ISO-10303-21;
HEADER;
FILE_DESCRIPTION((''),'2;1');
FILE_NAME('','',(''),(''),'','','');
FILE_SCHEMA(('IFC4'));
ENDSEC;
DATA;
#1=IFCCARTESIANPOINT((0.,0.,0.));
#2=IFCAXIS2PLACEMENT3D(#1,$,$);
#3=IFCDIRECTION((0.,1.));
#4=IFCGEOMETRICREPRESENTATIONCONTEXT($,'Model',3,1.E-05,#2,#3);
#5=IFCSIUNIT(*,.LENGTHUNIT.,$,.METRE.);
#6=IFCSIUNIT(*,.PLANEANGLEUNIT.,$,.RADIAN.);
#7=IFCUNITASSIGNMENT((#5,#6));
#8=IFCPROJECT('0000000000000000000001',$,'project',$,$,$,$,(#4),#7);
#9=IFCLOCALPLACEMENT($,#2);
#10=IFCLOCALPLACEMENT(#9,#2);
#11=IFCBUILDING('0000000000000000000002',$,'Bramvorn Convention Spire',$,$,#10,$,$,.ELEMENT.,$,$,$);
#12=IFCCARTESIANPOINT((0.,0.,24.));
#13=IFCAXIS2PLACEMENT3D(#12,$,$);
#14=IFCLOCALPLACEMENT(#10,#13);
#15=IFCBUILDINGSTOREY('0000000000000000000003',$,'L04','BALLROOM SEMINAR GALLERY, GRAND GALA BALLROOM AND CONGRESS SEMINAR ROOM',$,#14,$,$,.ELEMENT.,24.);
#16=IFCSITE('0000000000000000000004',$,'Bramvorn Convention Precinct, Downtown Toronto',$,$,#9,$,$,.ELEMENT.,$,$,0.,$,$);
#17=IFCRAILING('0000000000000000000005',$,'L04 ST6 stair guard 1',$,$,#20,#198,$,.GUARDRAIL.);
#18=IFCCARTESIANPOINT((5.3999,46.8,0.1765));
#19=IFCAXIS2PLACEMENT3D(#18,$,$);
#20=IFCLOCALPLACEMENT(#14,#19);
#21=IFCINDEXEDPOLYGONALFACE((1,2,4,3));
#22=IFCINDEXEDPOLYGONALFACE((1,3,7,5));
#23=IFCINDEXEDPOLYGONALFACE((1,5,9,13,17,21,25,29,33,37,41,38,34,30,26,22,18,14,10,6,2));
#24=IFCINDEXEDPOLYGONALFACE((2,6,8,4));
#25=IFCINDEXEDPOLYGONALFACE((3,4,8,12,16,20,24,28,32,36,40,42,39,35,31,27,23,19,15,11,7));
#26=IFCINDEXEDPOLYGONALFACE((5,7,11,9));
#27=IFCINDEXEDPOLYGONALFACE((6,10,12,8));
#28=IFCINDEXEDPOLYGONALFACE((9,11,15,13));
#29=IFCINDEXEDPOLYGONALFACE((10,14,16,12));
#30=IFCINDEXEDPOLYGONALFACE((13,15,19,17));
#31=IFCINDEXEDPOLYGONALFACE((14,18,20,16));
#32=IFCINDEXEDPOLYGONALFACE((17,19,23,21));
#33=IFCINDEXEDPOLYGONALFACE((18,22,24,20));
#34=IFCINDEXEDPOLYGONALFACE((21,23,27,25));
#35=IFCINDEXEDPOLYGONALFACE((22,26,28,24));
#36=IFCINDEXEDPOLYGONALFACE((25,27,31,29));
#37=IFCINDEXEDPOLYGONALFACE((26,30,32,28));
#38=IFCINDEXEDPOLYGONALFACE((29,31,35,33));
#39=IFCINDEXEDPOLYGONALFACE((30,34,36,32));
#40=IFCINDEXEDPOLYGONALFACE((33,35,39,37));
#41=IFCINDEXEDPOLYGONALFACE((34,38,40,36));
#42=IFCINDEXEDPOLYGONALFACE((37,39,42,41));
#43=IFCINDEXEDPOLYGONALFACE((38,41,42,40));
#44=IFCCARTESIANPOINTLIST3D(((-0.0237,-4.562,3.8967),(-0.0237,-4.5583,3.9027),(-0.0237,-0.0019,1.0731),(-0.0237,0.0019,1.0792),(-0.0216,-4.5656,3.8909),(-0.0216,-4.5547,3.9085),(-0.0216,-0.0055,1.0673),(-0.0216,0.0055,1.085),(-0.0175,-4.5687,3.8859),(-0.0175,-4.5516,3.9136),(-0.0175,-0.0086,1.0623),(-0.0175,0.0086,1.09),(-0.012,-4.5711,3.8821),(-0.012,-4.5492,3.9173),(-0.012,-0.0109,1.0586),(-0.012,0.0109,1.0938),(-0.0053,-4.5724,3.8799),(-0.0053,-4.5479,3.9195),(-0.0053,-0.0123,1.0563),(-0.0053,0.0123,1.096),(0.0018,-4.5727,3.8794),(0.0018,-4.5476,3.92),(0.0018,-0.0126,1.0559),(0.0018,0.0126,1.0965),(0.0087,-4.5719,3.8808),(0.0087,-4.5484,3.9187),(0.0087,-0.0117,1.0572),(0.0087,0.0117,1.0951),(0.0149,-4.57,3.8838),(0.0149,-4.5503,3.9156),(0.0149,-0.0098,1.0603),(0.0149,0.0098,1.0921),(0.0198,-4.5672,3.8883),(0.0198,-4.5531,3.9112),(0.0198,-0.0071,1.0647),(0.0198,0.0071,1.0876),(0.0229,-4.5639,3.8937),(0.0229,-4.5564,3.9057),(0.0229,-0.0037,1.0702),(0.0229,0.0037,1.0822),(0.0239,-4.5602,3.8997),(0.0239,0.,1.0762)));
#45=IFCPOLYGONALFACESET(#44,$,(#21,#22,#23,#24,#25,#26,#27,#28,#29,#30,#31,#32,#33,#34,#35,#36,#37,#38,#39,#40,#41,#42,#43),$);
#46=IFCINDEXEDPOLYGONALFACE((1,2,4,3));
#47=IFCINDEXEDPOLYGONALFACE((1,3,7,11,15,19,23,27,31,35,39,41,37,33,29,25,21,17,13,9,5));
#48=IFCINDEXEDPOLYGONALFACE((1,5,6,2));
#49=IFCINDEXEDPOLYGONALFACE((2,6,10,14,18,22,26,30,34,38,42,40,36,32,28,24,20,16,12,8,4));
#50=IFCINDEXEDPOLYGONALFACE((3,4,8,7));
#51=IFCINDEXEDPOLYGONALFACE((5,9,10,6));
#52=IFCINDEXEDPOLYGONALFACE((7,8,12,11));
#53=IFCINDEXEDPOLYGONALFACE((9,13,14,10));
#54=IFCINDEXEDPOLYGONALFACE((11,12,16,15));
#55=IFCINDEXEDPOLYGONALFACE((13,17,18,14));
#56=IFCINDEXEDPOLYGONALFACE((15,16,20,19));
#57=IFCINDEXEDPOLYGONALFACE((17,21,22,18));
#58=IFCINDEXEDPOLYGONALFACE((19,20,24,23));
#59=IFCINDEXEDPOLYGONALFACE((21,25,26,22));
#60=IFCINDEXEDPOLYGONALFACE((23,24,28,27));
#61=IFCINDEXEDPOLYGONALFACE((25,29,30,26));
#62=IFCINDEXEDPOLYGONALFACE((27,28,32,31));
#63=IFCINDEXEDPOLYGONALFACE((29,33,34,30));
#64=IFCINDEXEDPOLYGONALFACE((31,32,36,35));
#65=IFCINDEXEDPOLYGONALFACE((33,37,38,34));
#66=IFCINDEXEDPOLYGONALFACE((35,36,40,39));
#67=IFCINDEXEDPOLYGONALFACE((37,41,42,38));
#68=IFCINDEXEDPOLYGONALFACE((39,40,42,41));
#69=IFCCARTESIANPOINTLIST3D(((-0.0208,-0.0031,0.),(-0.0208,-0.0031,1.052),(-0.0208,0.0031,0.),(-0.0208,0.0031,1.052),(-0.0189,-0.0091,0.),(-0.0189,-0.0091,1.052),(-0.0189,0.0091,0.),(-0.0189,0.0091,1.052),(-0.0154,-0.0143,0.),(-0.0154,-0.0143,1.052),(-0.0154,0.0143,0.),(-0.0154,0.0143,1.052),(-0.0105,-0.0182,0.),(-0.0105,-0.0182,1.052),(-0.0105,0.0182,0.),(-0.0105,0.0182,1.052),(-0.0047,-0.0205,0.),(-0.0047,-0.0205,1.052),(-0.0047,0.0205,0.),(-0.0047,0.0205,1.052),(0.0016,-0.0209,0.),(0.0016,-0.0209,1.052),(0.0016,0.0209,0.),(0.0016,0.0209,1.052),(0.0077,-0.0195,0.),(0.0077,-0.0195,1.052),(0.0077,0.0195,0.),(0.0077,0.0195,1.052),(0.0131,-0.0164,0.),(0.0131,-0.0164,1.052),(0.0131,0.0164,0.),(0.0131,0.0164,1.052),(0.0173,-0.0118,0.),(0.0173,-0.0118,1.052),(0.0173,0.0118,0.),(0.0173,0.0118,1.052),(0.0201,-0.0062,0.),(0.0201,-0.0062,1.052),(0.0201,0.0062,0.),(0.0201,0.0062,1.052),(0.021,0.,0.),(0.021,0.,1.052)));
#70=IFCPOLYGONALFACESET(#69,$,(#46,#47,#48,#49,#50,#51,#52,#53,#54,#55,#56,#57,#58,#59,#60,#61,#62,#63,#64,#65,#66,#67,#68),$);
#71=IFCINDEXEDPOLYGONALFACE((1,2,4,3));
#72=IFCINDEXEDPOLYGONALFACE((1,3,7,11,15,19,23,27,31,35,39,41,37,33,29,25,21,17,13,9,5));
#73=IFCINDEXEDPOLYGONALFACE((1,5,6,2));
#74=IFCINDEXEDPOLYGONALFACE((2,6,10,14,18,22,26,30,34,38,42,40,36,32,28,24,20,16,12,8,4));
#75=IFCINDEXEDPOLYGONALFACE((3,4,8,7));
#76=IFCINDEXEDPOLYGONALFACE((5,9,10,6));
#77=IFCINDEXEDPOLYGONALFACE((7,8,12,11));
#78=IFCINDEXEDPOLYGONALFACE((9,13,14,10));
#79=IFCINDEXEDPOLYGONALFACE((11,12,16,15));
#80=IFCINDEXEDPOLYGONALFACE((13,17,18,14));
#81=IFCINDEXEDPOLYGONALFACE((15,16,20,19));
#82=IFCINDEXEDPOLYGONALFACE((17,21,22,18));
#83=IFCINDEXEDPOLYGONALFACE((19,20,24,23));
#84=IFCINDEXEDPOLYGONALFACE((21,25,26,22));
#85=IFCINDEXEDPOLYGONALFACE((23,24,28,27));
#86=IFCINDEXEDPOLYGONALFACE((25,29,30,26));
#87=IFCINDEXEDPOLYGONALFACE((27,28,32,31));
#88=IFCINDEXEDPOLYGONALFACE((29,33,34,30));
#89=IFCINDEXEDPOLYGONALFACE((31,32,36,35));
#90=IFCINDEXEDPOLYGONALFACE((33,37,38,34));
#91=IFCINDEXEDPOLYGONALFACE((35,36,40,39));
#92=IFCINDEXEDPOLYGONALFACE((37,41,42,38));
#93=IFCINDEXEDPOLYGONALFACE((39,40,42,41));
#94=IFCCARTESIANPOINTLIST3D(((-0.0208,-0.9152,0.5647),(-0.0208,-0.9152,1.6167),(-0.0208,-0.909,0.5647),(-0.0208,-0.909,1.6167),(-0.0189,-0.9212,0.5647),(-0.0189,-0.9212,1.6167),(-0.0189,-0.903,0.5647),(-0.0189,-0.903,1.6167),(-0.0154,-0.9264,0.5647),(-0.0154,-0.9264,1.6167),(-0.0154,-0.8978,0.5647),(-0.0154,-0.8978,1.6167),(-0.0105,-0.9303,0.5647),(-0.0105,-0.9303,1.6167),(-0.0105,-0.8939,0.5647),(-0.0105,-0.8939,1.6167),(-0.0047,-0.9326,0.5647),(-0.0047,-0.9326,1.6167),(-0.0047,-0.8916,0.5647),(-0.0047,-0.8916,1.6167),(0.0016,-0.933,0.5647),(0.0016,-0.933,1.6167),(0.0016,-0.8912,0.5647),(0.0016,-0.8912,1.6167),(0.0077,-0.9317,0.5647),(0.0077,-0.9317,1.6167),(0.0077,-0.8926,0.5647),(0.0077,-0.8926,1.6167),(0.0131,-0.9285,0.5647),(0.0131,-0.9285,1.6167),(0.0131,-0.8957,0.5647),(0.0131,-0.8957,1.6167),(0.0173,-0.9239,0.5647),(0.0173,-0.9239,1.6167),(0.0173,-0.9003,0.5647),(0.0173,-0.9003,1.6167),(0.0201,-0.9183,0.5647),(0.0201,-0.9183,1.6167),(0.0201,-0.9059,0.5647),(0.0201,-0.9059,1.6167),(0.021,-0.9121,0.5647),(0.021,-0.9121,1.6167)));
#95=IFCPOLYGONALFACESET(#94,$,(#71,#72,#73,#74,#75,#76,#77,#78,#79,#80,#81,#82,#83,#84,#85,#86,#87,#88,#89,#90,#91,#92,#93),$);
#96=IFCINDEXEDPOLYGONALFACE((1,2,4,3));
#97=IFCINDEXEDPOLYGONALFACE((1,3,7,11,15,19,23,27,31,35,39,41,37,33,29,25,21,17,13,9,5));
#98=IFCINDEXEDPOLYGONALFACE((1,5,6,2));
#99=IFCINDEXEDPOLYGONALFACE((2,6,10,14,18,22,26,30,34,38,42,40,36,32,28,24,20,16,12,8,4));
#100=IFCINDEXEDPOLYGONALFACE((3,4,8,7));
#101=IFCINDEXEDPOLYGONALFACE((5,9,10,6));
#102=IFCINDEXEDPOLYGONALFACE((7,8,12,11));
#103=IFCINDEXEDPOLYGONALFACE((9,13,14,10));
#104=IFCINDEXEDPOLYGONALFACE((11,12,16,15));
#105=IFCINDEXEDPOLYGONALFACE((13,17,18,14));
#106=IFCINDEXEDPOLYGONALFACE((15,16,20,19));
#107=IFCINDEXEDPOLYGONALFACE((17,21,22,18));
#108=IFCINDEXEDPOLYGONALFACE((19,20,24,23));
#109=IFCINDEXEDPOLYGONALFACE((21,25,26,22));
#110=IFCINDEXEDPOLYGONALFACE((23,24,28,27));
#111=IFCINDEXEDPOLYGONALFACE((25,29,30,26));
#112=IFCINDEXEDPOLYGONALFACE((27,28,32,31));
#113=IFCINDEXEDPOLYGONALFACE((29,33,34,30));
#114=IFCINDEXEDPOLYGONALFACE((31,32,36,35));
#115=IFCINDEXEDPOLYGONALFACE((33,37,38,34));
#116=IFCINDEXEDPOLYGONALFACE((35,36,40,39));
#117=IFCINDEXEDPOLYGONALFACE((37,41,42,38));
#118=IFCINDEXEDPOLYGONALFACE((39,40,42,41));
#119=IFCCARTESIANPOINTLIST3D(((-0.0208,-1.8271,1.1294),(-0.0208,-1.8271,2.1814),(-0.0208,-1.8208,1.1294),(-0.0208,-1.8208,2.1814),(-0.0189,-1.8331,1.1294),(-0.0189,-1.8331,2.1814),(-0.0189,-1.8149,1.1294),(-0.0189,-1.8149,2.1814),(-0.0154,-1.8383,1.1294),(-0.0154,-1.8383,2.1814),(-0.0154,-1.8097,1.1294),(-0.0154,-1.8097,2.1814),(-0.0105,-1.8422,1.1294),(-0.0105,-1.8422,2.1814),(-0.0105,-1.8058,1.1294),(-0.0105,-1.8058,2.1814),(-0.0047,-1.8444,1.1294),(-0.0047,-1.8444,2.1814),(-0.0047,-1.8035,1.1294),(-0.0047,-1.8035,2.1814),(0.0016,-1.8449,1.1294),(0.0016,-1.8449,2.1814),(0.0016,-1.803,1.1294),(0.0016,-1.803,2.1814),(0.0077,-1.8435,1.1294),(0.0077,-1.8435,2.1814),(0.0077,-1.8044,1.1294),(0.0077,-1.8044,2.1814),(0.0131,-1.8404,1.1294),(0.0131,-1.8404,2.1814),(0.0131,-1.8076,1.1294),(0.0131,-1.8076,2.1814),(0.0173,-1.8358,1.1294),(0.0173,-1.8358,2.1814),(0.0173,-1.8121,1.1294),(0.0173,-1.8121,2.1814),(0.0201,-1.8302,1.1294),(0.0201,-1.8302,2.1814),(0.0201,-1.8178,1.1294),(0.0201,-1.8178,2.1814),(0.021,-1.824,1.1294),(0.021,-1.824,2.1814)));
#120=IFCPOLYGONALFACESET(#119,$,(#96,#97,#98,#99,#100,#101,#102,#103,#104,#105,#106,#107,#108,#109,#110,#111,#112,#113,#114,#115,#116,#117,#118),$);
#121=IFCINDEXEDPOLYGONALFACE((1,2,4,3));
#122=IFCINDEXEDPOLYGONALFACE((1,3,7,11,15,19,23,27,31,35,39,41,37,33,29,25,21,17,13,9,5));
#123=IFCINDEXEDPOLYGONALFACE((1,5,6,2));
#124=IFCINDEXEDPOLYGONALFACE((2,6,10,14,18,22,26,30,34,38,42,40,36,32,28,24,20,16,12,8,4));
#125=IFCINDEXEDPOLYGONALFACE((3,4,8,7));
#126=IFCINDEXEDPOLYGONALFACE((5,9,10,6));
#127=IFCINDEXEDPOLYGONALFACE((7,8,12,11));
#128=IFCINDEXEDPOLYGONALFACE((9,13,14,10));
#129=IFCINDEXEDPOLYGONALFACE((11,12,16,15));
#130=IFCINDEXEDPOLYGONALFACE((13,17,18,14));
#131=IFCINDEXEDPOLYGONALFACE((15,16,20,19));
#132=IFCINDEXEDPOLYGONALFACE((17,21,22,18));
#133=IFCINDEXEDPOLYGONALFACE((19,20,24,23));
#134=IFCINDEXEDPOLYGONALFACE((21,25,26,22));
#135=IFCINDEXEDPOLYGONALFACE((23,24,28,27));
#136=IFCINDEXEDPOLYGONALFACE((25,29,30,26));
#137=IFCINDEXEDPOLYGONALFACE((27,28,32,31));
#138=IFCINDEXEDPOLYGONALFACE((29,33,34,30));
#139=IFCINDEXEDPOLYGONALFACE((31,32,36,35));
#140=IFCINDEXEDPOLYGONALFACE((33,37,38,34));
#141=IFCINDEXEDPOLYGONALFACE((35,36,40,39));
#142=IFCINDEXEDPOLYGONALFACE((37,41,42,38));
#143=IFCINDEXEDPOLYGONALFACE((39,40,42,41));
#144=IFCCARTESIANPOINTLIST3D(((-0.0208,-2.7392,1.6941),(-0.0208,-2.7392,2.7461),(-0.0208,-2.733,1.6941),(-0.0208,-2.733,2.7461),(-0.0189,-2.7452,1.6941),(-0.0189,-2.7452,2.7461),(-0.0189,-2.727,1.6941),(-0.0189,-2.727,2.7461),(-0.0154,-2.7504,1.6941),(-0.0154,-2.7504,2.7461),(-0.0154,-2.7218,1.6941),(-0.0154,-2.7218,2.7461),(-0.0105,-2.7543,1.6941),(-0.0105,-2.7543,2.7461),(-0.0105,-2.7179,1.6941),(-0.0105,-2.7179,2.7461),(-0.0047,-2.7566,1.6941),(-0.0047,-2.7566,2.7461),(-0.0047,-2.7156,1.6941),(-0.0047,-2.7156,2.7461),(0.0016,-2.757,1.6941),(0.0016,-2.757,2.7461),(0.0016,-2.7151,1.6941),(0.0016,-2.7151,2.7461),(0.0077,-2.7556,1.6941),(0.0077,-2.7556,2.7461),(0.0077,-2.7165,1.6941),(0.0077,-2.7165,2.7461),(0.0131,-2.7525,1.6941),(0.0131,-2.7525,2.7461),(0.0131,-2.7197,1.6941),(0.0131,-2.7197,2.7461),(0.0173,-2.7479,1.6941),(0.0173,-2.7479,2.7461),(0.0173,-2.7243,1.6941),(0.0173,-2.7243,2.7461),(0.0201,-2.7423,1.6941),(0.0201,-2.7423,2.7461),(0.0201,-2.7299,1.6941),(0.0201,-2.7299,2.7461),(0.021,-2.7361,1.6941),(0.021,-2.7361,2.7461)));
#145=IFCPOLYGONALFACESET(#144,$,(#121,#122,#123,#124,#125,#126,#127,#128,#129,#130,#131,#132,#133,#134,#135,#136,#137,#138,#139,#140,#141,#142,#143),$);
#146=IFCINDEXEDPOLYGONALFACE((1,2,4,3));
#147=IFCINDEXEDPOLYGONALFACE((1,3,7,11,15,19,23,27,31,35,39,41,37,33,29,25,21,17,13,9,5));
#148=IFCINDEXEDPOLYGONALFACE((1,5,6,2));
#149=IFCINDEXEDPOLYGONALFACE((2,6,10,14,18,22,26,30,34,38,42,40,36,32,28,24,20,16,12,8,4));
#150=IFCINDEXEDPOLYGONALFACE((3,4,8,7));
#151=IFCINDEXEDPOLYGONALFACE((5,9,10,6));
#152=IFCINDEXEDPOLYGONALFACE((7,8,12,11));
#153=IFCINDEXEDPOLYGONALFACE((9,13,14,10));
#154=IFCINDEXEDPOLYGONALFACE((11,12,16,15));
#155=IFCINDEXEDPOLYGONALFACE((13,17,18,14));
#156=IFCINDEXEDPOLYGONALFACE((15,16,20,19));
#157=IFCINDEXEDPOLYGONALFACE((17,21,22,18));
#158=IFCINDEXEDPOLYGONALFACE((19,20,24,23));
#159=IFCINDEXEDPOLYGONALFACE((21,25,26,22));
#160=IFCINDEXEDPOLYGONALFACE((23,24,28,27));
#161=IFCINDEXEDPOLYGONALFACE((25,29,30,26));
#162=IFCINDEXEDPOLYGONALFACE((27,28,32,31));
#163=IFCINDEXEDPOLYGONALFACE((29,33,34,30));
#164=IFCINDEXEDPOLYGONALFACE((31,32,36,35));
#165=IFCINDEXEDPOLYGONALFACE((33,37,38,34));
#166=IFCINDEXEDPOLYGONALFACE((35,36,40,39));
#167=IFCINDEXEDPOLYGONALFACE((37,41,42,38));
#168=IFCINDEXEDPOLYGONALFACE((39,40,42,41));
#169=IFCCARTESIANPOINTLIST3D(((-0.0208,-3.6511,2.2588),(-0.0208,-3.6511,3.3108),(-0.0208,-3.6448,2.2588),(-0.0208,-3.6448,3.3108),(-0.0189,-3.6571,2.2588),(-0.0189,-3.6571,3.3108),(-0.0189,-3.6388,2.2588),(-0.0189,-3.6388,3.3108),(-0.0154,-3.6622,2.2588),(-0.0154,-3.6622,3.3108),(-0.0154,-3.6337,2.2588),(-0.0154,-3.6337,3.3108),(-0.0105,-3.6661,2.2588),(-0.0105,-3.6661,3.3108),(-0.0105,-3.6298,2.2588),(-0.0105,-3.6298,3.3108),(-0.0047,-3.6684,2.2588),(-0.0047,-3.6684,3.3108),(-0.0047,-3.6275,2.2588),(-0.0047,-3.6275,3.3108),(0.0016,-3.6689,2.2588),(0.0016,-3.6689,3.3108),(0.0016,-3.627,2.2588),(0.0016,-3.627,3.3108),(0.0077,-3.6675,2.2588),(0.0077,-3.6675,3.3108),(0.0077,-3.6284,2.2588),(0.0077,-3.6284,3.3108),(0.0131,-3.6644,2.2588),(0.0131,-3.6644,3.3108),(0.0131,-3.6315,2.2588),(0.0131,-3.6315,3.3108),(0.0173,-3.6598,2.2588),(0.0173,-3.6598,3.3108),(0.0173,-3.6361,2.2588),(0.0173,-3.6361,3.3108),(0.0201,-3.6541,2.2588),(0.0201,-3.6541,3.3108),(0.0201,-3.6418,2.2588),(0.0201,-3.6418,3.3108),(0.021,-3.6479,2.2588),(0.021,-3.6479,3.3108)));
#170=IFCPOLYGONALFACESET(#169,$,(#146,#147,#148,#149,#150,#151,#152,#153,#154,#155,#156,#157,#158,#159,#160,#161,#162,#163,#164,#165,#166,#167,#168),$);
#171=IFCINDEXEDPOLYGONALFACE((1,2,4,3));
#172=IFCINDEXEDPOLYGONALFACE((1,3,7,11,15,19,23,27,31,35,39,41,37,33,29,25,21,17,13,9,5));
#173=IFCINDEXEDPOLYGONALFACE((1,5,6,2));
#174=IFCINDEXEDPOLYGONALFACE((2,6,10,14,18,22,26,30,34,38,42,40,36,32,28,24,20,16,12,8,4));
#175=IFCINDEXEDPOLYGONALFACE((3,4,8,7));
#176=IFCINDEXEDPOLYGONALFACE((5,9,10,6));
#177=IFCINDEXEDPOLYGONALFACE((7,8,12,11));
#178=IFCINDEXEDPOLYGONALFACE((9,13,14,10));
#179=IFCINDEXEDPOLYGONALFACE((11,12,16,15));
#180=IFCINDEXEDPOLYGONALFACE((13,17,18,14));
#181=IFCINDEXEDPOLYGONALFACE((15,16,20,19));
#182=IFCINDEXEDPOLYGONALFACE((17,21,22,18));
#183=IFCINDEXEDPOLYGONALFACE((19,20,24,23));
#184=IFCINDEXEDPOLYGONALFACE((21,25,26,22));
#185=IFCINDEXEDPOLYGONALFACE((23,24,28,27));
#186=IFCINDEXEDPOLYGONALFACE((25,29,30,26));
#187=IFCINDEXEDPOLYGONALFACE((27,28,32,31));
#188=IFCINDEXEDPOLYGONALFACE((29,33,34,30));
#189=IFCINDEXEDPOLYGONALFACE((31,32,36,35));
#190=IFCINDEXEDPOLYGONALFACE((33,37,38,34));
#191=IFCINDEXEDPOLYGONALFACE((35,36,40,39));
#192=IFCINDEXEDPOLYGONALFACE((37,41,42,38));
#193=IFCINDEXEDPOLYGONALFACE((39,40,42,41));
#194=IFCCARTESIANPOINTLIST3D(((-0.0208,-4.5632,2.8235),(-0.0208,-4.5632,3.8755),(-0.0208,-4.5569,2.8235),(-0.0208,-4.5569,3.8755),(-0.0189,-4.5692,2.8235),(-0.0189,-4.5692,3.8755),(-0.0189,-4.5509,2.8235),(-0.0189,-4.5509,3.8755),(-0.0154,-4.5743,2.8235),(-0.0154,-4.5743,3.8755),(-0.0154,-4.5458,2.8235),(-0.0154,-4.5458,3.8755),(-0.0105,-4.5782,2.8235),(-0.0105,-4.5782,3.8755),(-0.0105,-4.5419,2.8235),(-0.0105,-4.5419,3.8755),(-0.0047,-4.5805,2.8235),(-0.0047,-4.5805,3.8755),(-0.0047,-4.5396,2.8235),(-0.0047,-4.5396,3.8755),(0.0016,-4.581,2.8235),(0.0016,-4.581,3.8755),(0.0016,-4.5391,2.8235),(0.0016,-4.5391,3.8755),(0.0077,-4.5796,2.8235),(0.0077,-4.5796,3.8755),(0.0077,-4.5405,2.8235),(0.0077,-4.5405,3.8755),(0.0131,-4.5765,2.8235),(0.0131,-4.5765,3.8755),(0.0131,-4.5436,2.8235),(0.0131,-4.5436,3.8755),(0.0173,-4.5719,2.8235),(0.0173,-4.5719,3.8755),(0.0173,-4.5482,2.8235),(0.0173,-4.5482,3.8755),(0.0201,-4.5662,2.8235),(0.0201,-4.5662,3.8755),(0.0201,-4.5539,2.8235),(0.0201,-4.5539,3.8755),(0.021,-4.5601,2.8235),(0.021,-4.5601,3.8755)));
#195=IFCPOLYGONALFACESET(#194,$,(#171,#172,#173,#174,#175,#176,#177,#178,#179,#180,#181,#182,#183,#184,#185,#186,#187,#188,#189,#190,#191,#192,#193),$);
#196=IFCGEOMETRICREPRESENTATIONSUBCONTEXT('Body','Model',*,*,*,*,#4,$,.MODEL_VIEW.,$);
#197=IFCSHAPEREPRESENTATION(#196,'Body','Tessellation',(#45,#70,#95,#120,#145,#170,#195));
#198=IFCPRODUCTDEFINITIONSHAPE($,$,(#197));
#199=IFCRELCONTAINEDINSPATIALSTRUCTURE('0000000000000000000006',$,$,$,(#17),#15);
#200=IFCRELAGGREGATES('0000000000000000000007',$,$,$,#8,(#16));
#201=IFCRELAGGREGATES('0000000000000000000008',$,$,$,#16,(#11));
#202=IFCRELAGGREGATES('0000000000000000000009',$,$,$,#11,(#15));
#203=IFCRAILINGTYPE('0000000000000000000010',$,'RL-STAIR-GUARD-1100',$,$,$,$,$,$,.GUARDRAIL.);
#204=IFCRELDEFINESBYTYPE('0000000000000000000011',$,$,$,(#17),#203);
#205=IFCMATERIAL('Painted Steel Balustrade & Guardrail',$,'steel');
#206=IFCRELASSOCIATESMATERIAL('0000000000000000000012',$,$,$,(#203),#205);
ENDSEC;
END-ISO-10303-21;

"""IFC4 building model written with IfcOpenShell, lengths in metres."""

from ifc_helpers import new_model, si_unit, direction, frame, origin, origin_2d, place, context, subcontext, project, spatial, circle, extrude, material, type_object, element, save


model = new_model("IFC4")

# Units and contexts
model_context = context("Model", 3, precision=1e-05, world=origin(), true_north=direction((0.0, 1.0)))
body_context = subcontext(model_context, "Body", "Model", "MODEL_VIEW")
ifc_project = project(units=[si_unit("LENGTHUNIT", "METRE"), si_unit("PLANEANGLEUNIT", "RADIAN")], contexts=[model_context])

# Site, building, storey
site_placement = place(None, origin())
site = spatial("IfcSite", under=ifc_project, at=site_placement, Name="Bramvorn Convention Precinct, Downtown Toronto", CompositionType="ELEMENT", RefElevation=0.0)
building_placement = place(site_placement, origin())
building = spatial("IfcBuilding", under=site, at=building_placement, Name="Bramvorn Convention Spire", CompositionType="ELEMENT")
storey_placement = place(building_placement, frame((0.0, 0.0, 24.0)))
storey = spatial("IfcBuildingStorey", under=building, at=storey_placement, Name="L04", Description="BALLROOM SEMINAR GALLERY, GRAND GALA BALLROOM AND CONGRESS SEMINAR ROOM", CompositionType="ELEMENT", Elevation=24.0)

# Railing
ifc_material_1 = material(Name="Painted Steel Balustrade & Guardrail", Category="steel")
railing_type_1 = type_object("IfcRailingType", Name="RL-STAIR-GUARD-1100", PredefinedType="GUARDRAIL", material=ifc_material_1)
railing_1_placement = place(storey_placement, frame((5.3999, 46.8, 0.1765)))
element("IfcRailing", 1, at=railing_1_placement, inside=storey, type_object=railing_type_1, Name="L04 ST6 stair guard 1", PredefinedType="GUARDRAIL", context=body_context, shape_type="SweptSolid", body=[
    extrude(circle(Radius=0.0239, at=origin_2d()), frame((0.0, 0.0, 1.0762), z_axis=(0.0, -0.850216, 0.526435), x_axis=(1.0, 0.0, 0.0)), (0.0, 0.0, 1.0), 5.3635),
    extrude(circle(Radius=0.021, at=origin_2d()), origin(), (0.0, 0.0, 1.0), 1.052),
    extrude(circle(Radius=0.021, at=origin_2d()), frame((0.0, -0.9121, 0.5647)), (0.0, 0.0, 1.0), 1.052),
    extrude(circle(Radius=0.021, at=origin_2d()), frame((0.0, -1.824, 1.1294)), (0.0, 0.0, 1.0), 1.052),
    extrude(circle(Radius=0.021, at=origin_2d()), frame((0.0, -2.7361, 1.6941)), (0.0, 0.0, 1.0), 1.052),
    extrude(circle(Radius=0.021, at=origin_2d()), frame((0.0, -3.6479, 2.2588)), (0.0, 0.0, 1.0), 1.052),
    extrude(circle(Radius=0.021, at=origin_2d()), frame((0.0, -4.5601, 2.8235)), (0.0, 0.0, 1.0), 1.052),
])

save(model, "model.ifc")
